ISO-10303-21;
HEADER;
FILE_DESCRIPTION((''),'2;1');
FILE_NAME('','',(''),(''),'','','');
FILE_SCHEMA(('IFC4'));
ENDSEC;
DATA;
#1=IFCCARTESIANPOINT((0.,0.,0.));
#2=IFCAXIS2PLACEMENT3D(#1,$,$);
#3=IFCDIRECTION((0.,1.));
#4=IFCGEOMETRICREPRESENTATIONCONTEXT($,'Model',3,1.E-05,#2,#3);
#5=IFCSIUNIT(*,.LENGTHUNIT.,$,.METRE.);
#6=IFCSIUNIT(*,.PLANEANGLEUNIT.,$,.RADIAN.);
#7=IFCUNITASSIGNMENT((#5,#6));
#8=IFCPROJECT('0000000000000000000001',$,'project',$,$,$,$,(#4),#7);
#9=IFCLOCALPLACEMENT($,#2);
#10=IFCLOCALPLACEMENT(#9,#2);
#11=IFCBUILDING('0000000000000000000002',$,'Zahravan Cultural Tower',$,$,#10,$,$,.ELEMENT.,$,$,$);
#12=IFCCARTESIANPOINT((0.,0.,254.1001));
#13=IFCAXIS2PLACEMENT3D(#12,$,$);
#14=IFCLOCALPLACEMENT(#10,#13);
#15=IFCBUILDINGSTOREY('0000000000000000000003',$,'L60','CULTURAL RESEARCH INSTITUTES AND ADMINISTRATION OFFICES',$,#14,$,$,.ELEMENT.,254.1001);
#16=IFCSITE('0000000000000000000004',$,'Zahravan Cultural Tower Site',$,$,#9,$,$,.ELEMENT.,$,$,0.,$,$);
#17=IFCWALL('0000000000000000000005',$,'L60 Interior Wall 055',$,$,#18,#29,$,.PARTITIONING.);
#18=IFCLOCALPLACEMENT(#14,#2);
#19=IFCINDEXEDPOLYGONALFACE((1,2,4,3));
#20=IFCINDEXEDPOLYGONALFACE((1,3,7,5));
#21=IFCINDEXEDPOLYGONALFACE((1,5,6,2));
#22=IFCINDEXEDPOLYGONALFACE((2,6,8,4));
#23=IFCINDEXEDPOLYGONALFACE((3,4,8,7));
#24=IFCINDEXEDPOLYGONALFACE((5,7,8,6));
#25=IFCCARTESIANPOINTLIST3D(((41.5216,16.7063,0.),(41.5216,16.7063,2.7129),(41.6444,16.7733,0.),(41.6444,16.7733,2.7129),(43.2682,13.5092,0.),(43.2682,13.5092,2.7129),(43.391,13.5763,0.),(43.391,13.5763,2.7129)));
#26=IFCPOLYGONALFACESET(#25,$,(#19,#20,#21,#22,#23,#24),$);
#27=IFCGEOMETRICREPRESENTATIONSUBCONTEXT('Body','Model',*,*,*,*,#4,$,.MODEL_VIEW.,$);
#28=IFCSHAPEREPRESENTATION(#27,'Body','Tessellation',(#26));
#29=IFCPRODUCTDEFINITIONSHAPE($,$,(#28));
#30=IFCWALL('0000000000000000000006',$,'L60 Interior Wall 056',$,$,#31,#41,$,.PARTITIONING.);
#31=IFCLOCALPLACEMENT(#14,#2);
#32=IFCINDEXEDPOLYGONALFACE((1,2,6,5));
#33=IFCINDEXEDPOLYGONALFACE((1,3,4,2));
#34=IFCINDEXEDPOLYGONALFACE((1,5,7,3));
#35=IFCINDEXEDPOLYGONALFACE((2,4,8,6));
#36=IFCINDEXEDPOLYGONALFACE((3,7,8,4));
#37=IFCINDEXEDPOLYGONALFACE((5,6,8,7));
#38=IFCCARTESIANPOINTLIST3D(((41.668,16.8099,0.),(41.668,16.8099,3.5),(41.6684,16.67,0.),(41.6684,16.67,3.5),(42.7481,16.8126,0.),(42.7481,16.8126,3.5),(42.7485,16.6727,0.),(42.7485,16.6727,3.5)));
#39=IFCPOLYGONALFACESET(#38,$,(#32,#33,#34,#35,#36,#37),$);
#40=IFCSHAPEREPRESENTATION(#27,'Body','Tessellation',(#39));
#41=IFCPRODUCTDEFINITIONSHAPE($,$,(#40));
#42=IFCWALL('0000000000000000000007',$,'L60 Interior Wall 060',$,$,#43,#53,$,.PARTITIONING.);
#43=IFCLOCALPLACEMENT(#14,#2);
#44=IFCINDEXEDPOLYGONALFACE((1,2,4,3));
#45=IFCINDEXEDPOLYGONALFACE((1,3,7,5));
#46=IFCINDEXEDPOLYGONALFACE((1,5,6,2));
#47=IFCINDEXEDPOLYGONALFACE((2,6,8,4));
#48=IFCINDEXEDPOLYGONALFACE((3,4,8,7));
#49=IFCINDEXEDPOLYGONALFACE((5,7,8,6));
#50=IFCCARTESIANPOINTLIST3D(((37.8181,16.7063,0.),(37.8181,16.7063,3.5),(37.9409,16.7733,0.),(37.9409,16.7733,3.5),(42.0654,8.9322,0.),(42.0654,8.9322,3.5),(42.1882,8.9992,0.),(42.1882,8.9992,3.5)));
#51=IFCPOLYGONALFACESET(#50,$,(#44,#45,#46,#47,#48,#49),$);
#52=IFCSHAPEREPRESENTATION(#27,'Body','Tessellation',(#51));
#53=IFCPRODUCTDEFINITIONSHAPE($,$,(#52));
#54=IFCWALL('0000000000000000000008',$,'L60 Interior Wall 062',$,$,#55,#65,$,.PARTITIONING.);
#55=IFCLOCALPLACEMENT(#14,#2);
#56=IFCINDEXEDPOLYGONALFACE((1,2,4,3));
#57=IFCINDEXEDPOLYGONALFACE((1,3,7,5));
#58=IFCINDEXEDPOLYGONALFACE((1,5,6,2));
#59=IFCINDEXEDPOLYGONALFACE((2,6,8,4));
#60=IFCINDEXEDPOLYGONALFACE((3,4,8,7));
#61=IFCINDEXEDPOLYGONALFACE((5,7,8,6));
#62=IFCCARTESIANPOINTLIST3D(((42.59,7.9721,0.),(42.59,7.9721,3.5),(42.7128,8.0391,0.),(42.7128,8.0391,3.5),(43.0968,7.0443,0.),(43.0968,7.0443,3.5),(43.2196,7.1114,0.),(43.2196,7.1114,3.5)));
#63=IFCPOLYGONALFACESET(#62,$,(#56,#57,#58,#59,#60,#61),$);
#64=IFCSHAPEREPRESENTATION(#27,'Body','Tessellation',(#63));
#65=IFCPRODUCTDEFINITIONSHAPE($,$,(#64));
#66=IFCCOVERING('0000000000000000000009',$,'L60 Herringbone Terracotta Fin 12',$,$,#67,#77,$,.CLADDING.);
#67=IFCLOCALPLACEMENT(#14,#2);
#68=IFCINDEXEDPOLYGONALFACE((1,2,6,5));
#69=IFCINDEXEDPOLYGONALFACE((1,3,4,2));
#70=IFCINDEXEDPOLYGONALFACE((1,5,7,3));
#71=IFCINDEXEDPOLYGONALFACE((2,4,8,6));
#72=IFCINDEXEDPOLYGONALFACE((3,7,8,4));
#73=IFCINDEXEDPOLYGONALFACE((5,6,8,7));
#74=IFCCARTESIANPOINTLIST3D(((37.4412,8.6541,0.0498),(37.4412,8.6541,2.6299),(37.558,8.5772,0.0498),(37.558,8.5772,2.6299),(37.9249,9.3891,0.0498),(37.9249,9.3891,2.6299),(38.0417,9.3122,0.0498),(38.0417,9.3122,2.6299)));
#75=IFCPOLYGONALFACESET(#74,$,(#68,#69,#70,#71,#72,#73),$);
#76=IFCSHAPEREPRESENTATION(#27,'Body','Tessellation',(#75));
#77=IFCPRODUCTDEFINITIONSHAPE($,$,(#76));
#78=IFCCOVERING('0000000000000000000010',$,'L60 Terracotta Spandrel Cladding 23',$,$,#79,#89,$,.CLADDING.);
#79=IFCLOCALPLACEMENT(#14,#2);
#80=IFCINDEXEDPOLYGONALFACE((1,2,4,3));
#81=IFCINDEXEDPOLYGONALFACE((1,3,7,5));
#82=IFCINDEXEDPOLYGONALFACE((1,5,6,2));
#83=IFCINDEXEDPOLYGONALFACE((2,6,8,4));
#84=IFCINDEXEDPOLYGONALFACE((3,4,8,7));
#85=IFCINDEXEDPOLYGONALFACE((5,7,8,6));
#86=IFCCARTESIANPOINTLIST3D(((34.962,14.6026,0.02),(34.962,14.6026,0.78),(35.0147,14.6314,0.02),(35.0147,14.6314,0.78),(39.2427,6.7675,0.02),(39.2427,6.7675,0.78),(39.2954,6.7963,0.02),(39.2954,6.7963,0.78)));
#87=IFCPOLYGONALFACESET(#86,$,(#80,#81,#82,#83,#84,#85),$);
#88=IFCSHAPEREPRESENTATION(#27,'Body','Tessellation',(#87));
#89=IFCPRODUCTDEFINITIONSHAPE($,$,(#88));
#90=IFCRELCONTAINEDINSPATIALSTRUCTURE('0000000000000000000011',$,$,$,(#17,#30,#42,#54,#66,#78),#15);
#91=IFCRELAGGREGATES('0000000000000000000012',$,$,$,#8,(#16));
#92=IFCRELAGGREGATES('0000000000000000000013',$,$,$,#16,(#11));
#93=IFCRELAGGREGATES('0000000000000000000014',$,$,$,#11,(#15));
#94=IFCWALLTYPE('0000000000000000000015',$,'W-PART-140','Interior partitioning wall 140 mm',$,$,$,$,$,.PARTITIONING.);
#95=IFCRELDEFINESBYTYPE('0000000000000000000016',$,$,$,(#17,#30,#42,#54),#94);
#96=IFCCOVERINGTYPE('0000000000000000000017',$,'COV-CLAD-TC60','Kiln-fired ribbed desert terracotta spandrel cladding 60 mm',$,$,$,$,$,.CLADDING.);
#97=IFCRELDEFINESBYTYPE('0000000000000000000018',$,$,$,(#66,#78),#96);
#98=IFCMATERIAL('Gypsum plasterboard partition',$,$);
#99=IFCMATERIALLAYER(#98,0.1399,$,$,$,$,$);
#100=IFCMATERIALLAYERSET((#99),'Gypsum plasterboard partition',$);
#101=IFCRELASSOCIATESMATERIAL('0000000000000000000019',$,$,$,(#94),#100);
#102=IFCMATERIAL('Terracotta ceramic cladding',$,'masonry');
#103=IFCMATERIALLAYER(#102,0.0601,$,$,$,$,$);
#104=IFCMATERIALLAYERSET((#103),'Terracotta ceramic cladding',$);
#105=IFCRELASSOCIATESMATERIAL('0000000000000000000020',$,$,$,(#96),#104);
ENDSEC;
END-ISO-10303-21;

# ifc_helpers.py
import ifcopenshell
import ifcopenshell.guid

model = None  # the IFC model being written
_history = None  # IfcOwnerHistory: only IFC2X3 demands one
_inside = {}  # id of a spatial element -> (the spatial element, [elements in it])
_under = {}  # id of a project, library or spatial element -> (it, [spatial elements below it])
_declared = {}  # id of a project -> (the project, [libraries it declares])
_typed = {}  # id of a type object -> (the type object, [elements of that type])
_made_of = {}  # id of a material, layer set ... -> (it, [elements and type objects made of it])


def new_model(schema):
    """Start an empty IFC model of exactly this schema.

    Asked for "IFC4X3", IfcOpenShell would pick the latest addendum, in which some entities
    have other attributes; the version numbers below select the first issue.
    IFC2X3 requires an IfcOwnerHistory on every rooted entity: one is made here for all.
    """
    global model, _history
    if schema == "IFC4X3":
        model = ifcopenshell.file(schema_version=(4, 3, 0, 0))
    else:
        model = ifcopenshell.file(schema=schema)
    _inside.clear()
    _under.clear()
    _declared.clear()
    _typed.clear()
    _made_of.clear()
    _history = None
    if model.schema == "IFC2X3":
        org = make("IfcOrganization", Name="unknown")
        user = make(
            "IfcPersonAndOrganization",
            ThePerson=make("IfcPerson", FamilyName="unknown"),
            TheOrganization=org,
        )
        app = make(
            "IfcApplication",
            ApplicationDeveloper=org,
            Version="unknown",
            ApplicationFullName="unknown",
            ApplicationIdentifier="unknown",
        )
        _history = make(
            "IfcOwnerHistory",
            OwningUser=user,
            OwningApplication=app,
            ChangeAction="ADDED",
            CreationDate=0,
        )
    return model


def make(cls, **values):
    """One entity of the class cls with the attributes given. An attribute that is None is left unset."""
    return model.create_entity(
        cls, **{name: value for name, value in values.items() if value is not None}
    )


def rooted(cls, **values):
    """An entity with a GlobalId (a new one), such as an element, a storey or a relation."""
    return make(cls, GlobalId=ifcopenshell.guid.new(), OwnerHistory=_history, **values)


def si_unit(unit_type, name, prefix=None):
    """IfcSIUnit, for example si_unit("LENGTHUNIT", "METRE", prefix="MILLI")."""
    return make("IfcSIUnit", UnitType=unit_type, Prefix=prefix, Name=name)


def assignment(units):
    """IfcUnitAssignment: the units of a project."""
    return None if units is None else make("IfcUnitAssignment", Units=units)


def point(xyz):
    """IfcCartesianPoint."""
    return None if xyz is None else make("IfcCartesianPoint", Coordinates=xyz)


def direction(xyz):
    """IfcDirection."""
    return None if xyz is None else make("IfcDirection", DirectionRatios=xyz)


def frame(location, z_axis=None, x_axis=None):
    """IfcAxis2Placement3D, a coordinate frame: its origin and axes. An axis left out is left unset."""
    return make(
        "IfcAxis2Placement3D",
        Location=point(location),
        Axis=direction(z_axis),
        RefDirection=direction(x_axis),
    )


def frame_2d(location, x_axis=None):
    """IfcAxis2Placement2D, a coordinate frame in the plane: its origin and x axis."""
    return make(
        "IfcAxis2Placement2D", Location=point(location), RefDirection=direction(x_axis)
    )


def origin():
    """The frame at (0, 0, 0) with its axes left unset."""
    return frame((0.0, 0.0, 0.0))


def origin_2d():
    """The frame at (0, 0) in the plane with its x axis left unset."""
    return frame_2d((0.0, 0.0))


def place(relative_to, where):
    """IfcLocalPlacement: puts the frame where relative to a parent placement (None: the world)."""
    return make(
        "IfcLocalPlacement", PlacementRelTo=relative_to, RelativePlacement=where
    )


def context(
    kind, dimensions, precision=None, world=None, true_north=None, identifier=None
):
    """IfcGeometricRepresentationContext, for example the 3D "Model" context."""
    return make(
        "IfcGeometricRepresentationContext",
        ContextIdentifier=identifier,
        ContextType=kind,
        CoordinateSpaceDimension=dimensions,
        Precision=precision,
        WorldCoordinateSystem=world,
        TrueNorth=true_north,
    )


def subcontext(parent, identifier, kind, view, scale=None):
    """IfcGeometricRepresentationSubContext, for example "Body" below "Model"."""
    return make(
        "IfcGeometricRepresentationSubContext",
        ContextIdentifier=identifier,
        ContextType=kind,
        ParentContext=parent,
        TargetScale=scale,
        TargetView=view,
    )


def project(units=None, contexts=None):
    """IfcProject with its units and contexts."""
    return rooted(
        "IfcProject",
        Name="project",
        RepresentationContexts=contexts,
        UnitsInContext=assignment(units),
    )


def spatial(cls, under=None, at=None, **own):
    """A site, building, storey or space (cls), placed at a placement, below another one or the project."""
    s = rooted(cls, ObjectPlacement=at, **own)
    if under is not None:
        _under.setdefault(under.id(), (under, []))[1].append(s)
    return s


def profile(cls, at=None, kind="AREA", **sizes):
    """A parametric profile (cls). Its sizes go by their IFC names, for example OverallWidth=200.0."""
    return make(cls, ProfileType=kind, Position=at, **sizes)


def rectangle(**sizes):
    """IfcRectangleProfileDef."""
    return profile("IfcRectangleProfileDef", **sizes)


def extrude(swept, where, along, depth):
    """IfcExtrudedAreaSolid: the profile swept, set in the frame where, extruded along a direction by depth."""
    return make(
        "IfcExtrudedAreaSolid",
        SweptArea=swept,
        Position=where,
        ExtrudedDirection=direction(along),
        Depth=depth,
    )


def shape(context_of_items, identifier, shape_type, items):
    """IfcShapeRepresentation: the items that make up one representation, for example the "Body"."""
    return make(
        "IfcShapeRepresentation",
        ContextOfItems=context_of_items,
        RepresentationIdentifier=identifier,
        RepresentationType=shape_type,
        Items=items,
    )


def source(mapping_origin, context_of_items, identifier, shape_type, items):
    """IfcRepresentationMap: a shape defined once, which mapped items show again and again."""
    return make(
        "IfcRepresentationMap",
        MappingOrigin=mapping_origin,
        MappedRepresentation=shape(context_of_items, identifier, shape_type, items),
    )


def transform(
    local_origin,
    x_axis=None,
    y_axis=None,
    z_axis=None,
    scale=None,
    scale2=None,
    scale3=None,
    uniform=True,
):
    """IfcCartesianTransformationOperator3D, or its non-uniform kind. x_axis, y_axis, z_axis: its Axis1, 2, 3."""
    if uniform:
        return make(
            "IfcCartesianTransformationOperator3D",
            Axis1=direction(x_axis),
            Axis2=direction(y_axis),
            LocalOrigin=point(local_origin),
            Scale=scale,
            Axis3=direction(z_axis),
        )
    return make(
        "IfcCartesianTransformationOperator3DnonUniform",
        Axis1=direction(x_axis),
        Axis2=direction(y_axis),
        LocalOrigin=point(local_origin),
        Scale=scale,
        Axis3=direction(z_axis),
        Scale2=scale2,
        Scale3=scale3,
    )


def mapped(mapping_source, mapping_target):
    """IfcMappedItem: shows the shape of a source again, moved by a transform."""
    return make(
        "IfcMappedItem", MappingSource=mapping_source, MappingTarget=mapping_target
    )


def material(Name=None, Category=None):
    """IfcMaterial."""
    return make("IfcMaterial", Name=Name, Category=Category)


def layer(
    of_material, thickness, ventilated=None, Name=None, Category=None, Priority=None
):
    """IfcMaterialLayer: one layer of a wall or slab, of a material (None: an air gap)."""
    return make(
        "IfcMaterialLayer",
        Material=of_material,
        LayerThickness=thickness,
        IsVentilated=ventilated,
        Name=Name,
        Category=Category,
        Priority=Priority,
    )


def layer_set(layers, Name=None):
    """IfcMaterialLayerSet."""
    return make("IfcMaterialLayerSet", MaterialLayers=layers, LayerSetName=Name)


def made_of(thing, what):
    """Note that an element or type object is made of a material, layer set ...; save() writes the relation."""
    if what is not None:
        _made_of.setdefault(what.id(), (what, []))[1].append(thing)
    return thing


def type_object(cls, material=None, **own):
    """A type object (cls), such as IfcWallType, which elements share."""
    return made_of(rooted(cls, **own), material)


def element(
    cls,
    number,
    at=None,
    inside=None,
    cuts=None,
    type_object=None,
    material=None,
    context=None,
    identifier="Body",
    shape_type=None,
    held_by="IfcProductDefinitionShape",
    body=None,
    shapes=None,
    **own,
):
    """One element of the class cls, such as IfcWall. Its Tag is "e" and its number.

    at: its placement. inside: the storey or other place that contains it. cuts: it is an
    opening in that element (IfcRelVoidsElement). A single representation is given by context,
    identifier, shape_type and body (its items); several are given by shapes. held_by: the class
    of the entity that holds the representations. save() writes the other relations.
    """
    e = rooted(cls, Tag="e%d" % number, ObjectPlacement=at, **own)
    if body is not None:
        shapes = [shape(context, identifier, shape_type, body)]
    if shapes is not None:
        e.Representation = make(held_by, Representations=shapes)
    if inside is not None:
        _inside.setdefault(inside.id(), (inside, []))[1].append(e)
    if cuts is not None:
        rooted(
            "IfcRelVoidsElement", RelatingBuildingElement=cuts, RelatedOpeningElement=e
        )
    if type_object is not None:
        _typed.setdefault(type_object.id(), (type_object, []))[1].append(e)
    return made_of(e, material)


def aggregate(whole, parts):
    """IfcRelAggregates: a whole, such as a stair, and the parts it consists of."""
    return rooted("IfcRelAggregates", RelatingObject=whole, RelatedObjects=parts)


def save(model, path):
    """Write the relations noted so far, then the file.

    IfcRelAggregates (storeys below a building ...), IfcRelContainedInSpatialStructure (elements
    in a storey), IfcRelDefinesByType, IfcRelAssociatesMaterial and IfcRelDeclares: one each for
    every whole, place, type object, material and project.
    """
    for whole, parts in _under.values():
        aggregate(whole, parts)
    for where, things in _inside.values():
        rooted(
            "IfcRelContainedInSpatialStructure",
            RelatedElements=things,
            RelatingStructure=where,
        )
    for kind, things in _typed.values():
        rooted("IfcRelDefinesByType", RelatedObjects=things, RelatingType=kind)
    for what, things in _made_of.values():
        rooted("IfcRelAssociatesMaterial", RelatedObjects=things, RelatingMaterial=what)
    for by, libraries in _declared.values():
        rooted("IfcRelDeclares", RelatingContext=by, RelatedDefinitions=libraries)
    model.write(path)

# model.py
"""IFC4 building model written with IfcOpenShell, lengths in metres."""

from ifc_helpers import new_model, si_unit, direction, frame, frame_2d, origin, origin_2d, place, context, subcontext, project, spatial, rectangle, extrude, source, transform, mapped, material, layer, layer_set, type_object, element, save


model = new_model("IFC4")

# Units and contexts
model_context = context("Model", 3, precision=1e-05, world=origin(), true_north=direction((0.0, 1.0)))
body_context = subcontext(model_context, "Body", "Model", "MODEL_VIEW")
ifc_project = project(units=[si_unit("LENGTHUNIT", "METRE"), si_unit("PLANEANGLEUNIT", "RADIAN")], contexts=[model_context])

# Site, building, storey
site_placement = place(None, origin())
site = spatial("IfcSite", under=ifc_project, at=site_placement, Name="Zahravan Cultural Tower Site", CompositionType="ELEMENT", RefElevation=0.0)
building_placement = place(site_placement, origin())
building = spatial("IfcBuilding", under=site, at=building_placement, Name="Zahravan Cultural Tower", CompositionType="ELEMENT")
storey_placement = place(building_placement, frame((0.0, 0.0, 254.1001)))
storey = spatial("IfcBuildingStorey", under=building, at=storey_placement, Name="L60", Description="CULTURAL RESEARCH INSTITUTES AND ADMINISTRATION OFFICES", CompositionType="ELEMENT", Elevation=254.1001)

# Shared definitions
ifc_material_1 = material(Name="Gypsum plasterboard partition")
ifc_layer_1 = layer(ifc_material_1, 0.1399)
ifc_layer_set_1 = layer_set([ifc_layer_1], Name="Gypsum plasterboard partition")
wall_type_1 = type_object("IfcWallType", Name="W-PART-140", Description="Interior partitioning wall 140 mm", PredefinedType="PARTITIONING", material=ifc_layer_set_1)

# Walls
shared_shape_1 = source(origin(), body_context, "Body", "SweptSolid", [
    extrude(rectangle(XDim=3.6431, YDim=0.1399, at=frame_2d((1.8215, 0.0))), origin(), (0.0, 0.0, 1.0), 2.7129),
])
wall_1_placement = place(storey_placement, frame((43.3296, 13.5427, 0.0), z_axis=(0.0, 0.0, 1.0), x_axis=(-0.479434, 0.877578, 0.0)))
element("IfcWall", 1, at=wall_1_placement, inside=storey, type_object=wall_type_1, Name="L60 Interior Wall 055", PredefinedType="PARTITIONING", context=body_context, shape_type="MappedRepresentation", body=[
    mapped(shared_shape_1, transform((0.0, 0.0, 0.0), x_axis=(1.0, 0.0, 0.0), y_axis=(0.0, 1.0, 0.0), z_axis=(0.0, 0.0, 1.0), scale=1.0)),
])
shared_shape_2 = source(origin(), body_context, "Body", "SweptSolid", [
    extrude(rectangle(XDim=1.0801, YDim=0.1399, at=frame_2d((0.54, 0.0))), origin(), (0.0, 0.0, 1.0), 3.5),
])
wall_2_placement = place(storey_placement, frame((41.6682, 16.74, 0.0), z_axis=(0.0, 0.0, 1.0), x_axis=(0.999997, 0.002486, 0.0)))
element("IfcWall", 2, at=wall_2_placement, inside=storey, type_object=wall_type_1, Name="L60 Interior Wall 056", PredefinedType="PARTITIONING", context=body_context, shape_type="MappedRepresentation", body=[
    mapped(shared_shape_2, transform((0.0, 0.0, 0.0), x_axis=(1.0, 0.0, 0.0), y_axis=(0.0, 1.0, 0.0), z_axis=(0.0, 0.0, 1.0), scale=1.0)),
])
shared_shape_3 = source(origin(), body_context, "Body", "SweptSolid", [
    extrude(rectangle(XDim=8.8586, YDim=0.1399, at=frame_2d((4.4292, 0.0))), origin(), (0.0, 0.0, 1.0), 3.5),
])
wall_3_placement = place(storey_placement, frame((42.1267, 8.9658, 0.0), z_axis=(0.0, 0.0, 1.0), x_axis=(-0.479449, 0.87757, 0.0)))
element("IfcWall", 3, at=wall_3_placement, inside=storey, type_object=wall_type_1, Name="L60 Interior Wall 060", PredefinedType="PARTITIONING", context=body_context, shape_type="MappedRepresentation", body=[
    mapped(shared_shape_3, transform((0.0, 0.0, 0.0), x_axis=(1.0, 0.0, 0.0), y_axis=(0.0, 1.0, 0.0), z_axis=(0.0, 0.0, 1.0), scale=1.0)),
])
shared_shape_4 = source(origin(), body_context, "Body", "SweptSolid", [
    extrude(rectangle(XDim=1.0571, YDim=0.1399, at=frame_2d((0.5286, 0.0))), origin(), (0.0, 0.0, 1.0), 3.5),
])
wall_4_placement = place(storey_placement, frame((43.1582, 7.0779, 0.0), z_axis=(0.0, 0.0, 1.0), x_axis=(-0.479435, 0.877578, 0.0)))
element("IfcWall", 4, at=wall_4_placement, inside=storey, type_object=wall_type_1, Name="L60 Interior Wall 062", PredefinedType="PARTITIONING", context=body_context, shape_type="MappedRepresentation", body=[
    mapped(shared_shape_4, transform((0.0, 0.0, 0.0), x_axis=(1.0, 0.0, 0.0), y_axis=(0.0, 1.0, 0.0), z_axis=(0.0, 0.0, 1.0), scale=1.0)),
])

# Coverings
ifc_material_2 = material(Name="Terracotta ceramic cladding", Category="masonry")
ifc_layer_2 = layer(ifc_material_2, 0.0601)
ifc_layer_set_2 = layer_set([ifc_layer_2], Name="Terracotta ceramic cladding")
covering_type = type_object("IfcCoveringType", Name="COV-CLAD-TC60", Description="Kiln-fired ribbed desert terracotta spandrel cladding 60 mm", PredefinedType="CLADDING", material=ifc_layer_set_2)
shared_shape_5 = source(origin(), body_context, "Body", "SweptSolid", [
    extrude(rectangle(XDim=0.8799, YDim=0.1399, at=origin_2d()), origin(), (0.0, 0.0, 1.0), 2.5801),
])
covering_1_placement = place(storey_placement, frame((37.7415, 8.9832, 0.0498), z_axis=(0.0, 0.0, 1.0), x_axis=(-0.549752, -0.835328, 0.0)))
element("IfcCovering", 5, at=covering_1_placement, inside=storey, type_object=covering_type, Name="L60 Herringbone Terracotta Fin 12", PredefinedType="CLADDING", context=body_context, shape_type="MappedRepresentation", body=[
    mapped(shared_shape_5, transform((0.0, 0.0, 0.0), x_axis=(1.0, 0.0, 0.0), y_axis=(0.0, 1.0, 0.0), z_axis=(0.0, 0.0, 1.0), scale=1.0)),
])
shared_shape_6 = source(origin(), body_context, "Body", "SweptSolid", [
    extrude(rectangle(XDim=8.9282, YDim=0.0601, at=origin_2d()), origin(), (0.0, 0.0, 1.0), 0.76),
])
covering_2_placement = place(storey_placement, frame((37.1287, 10.6995, 0.02), z_axis=(0.0, 0.0, 1.0), x_axis=(-0.479458, 0.877565, 0.0)))
element("IfcCovering", 6, at=covering_2_placement, inside=storey, type_object=covering_type, Name="L60 Terracotta Spandrel Cladding 23", PredefinedType="CLADDING", context=body_context, shape_type="MappedRepresentation", body=[
    mapped(shared_shape_6, transform((0.0, 0.0, 0.0), x_axis=(1.0, 0.0, 0.0), y_axis=(0.0, 1.0, 0.0), z_axis=(0.0, 0.0, 1.0), scale=1.0)),
])

save(model, "model.ifc")
